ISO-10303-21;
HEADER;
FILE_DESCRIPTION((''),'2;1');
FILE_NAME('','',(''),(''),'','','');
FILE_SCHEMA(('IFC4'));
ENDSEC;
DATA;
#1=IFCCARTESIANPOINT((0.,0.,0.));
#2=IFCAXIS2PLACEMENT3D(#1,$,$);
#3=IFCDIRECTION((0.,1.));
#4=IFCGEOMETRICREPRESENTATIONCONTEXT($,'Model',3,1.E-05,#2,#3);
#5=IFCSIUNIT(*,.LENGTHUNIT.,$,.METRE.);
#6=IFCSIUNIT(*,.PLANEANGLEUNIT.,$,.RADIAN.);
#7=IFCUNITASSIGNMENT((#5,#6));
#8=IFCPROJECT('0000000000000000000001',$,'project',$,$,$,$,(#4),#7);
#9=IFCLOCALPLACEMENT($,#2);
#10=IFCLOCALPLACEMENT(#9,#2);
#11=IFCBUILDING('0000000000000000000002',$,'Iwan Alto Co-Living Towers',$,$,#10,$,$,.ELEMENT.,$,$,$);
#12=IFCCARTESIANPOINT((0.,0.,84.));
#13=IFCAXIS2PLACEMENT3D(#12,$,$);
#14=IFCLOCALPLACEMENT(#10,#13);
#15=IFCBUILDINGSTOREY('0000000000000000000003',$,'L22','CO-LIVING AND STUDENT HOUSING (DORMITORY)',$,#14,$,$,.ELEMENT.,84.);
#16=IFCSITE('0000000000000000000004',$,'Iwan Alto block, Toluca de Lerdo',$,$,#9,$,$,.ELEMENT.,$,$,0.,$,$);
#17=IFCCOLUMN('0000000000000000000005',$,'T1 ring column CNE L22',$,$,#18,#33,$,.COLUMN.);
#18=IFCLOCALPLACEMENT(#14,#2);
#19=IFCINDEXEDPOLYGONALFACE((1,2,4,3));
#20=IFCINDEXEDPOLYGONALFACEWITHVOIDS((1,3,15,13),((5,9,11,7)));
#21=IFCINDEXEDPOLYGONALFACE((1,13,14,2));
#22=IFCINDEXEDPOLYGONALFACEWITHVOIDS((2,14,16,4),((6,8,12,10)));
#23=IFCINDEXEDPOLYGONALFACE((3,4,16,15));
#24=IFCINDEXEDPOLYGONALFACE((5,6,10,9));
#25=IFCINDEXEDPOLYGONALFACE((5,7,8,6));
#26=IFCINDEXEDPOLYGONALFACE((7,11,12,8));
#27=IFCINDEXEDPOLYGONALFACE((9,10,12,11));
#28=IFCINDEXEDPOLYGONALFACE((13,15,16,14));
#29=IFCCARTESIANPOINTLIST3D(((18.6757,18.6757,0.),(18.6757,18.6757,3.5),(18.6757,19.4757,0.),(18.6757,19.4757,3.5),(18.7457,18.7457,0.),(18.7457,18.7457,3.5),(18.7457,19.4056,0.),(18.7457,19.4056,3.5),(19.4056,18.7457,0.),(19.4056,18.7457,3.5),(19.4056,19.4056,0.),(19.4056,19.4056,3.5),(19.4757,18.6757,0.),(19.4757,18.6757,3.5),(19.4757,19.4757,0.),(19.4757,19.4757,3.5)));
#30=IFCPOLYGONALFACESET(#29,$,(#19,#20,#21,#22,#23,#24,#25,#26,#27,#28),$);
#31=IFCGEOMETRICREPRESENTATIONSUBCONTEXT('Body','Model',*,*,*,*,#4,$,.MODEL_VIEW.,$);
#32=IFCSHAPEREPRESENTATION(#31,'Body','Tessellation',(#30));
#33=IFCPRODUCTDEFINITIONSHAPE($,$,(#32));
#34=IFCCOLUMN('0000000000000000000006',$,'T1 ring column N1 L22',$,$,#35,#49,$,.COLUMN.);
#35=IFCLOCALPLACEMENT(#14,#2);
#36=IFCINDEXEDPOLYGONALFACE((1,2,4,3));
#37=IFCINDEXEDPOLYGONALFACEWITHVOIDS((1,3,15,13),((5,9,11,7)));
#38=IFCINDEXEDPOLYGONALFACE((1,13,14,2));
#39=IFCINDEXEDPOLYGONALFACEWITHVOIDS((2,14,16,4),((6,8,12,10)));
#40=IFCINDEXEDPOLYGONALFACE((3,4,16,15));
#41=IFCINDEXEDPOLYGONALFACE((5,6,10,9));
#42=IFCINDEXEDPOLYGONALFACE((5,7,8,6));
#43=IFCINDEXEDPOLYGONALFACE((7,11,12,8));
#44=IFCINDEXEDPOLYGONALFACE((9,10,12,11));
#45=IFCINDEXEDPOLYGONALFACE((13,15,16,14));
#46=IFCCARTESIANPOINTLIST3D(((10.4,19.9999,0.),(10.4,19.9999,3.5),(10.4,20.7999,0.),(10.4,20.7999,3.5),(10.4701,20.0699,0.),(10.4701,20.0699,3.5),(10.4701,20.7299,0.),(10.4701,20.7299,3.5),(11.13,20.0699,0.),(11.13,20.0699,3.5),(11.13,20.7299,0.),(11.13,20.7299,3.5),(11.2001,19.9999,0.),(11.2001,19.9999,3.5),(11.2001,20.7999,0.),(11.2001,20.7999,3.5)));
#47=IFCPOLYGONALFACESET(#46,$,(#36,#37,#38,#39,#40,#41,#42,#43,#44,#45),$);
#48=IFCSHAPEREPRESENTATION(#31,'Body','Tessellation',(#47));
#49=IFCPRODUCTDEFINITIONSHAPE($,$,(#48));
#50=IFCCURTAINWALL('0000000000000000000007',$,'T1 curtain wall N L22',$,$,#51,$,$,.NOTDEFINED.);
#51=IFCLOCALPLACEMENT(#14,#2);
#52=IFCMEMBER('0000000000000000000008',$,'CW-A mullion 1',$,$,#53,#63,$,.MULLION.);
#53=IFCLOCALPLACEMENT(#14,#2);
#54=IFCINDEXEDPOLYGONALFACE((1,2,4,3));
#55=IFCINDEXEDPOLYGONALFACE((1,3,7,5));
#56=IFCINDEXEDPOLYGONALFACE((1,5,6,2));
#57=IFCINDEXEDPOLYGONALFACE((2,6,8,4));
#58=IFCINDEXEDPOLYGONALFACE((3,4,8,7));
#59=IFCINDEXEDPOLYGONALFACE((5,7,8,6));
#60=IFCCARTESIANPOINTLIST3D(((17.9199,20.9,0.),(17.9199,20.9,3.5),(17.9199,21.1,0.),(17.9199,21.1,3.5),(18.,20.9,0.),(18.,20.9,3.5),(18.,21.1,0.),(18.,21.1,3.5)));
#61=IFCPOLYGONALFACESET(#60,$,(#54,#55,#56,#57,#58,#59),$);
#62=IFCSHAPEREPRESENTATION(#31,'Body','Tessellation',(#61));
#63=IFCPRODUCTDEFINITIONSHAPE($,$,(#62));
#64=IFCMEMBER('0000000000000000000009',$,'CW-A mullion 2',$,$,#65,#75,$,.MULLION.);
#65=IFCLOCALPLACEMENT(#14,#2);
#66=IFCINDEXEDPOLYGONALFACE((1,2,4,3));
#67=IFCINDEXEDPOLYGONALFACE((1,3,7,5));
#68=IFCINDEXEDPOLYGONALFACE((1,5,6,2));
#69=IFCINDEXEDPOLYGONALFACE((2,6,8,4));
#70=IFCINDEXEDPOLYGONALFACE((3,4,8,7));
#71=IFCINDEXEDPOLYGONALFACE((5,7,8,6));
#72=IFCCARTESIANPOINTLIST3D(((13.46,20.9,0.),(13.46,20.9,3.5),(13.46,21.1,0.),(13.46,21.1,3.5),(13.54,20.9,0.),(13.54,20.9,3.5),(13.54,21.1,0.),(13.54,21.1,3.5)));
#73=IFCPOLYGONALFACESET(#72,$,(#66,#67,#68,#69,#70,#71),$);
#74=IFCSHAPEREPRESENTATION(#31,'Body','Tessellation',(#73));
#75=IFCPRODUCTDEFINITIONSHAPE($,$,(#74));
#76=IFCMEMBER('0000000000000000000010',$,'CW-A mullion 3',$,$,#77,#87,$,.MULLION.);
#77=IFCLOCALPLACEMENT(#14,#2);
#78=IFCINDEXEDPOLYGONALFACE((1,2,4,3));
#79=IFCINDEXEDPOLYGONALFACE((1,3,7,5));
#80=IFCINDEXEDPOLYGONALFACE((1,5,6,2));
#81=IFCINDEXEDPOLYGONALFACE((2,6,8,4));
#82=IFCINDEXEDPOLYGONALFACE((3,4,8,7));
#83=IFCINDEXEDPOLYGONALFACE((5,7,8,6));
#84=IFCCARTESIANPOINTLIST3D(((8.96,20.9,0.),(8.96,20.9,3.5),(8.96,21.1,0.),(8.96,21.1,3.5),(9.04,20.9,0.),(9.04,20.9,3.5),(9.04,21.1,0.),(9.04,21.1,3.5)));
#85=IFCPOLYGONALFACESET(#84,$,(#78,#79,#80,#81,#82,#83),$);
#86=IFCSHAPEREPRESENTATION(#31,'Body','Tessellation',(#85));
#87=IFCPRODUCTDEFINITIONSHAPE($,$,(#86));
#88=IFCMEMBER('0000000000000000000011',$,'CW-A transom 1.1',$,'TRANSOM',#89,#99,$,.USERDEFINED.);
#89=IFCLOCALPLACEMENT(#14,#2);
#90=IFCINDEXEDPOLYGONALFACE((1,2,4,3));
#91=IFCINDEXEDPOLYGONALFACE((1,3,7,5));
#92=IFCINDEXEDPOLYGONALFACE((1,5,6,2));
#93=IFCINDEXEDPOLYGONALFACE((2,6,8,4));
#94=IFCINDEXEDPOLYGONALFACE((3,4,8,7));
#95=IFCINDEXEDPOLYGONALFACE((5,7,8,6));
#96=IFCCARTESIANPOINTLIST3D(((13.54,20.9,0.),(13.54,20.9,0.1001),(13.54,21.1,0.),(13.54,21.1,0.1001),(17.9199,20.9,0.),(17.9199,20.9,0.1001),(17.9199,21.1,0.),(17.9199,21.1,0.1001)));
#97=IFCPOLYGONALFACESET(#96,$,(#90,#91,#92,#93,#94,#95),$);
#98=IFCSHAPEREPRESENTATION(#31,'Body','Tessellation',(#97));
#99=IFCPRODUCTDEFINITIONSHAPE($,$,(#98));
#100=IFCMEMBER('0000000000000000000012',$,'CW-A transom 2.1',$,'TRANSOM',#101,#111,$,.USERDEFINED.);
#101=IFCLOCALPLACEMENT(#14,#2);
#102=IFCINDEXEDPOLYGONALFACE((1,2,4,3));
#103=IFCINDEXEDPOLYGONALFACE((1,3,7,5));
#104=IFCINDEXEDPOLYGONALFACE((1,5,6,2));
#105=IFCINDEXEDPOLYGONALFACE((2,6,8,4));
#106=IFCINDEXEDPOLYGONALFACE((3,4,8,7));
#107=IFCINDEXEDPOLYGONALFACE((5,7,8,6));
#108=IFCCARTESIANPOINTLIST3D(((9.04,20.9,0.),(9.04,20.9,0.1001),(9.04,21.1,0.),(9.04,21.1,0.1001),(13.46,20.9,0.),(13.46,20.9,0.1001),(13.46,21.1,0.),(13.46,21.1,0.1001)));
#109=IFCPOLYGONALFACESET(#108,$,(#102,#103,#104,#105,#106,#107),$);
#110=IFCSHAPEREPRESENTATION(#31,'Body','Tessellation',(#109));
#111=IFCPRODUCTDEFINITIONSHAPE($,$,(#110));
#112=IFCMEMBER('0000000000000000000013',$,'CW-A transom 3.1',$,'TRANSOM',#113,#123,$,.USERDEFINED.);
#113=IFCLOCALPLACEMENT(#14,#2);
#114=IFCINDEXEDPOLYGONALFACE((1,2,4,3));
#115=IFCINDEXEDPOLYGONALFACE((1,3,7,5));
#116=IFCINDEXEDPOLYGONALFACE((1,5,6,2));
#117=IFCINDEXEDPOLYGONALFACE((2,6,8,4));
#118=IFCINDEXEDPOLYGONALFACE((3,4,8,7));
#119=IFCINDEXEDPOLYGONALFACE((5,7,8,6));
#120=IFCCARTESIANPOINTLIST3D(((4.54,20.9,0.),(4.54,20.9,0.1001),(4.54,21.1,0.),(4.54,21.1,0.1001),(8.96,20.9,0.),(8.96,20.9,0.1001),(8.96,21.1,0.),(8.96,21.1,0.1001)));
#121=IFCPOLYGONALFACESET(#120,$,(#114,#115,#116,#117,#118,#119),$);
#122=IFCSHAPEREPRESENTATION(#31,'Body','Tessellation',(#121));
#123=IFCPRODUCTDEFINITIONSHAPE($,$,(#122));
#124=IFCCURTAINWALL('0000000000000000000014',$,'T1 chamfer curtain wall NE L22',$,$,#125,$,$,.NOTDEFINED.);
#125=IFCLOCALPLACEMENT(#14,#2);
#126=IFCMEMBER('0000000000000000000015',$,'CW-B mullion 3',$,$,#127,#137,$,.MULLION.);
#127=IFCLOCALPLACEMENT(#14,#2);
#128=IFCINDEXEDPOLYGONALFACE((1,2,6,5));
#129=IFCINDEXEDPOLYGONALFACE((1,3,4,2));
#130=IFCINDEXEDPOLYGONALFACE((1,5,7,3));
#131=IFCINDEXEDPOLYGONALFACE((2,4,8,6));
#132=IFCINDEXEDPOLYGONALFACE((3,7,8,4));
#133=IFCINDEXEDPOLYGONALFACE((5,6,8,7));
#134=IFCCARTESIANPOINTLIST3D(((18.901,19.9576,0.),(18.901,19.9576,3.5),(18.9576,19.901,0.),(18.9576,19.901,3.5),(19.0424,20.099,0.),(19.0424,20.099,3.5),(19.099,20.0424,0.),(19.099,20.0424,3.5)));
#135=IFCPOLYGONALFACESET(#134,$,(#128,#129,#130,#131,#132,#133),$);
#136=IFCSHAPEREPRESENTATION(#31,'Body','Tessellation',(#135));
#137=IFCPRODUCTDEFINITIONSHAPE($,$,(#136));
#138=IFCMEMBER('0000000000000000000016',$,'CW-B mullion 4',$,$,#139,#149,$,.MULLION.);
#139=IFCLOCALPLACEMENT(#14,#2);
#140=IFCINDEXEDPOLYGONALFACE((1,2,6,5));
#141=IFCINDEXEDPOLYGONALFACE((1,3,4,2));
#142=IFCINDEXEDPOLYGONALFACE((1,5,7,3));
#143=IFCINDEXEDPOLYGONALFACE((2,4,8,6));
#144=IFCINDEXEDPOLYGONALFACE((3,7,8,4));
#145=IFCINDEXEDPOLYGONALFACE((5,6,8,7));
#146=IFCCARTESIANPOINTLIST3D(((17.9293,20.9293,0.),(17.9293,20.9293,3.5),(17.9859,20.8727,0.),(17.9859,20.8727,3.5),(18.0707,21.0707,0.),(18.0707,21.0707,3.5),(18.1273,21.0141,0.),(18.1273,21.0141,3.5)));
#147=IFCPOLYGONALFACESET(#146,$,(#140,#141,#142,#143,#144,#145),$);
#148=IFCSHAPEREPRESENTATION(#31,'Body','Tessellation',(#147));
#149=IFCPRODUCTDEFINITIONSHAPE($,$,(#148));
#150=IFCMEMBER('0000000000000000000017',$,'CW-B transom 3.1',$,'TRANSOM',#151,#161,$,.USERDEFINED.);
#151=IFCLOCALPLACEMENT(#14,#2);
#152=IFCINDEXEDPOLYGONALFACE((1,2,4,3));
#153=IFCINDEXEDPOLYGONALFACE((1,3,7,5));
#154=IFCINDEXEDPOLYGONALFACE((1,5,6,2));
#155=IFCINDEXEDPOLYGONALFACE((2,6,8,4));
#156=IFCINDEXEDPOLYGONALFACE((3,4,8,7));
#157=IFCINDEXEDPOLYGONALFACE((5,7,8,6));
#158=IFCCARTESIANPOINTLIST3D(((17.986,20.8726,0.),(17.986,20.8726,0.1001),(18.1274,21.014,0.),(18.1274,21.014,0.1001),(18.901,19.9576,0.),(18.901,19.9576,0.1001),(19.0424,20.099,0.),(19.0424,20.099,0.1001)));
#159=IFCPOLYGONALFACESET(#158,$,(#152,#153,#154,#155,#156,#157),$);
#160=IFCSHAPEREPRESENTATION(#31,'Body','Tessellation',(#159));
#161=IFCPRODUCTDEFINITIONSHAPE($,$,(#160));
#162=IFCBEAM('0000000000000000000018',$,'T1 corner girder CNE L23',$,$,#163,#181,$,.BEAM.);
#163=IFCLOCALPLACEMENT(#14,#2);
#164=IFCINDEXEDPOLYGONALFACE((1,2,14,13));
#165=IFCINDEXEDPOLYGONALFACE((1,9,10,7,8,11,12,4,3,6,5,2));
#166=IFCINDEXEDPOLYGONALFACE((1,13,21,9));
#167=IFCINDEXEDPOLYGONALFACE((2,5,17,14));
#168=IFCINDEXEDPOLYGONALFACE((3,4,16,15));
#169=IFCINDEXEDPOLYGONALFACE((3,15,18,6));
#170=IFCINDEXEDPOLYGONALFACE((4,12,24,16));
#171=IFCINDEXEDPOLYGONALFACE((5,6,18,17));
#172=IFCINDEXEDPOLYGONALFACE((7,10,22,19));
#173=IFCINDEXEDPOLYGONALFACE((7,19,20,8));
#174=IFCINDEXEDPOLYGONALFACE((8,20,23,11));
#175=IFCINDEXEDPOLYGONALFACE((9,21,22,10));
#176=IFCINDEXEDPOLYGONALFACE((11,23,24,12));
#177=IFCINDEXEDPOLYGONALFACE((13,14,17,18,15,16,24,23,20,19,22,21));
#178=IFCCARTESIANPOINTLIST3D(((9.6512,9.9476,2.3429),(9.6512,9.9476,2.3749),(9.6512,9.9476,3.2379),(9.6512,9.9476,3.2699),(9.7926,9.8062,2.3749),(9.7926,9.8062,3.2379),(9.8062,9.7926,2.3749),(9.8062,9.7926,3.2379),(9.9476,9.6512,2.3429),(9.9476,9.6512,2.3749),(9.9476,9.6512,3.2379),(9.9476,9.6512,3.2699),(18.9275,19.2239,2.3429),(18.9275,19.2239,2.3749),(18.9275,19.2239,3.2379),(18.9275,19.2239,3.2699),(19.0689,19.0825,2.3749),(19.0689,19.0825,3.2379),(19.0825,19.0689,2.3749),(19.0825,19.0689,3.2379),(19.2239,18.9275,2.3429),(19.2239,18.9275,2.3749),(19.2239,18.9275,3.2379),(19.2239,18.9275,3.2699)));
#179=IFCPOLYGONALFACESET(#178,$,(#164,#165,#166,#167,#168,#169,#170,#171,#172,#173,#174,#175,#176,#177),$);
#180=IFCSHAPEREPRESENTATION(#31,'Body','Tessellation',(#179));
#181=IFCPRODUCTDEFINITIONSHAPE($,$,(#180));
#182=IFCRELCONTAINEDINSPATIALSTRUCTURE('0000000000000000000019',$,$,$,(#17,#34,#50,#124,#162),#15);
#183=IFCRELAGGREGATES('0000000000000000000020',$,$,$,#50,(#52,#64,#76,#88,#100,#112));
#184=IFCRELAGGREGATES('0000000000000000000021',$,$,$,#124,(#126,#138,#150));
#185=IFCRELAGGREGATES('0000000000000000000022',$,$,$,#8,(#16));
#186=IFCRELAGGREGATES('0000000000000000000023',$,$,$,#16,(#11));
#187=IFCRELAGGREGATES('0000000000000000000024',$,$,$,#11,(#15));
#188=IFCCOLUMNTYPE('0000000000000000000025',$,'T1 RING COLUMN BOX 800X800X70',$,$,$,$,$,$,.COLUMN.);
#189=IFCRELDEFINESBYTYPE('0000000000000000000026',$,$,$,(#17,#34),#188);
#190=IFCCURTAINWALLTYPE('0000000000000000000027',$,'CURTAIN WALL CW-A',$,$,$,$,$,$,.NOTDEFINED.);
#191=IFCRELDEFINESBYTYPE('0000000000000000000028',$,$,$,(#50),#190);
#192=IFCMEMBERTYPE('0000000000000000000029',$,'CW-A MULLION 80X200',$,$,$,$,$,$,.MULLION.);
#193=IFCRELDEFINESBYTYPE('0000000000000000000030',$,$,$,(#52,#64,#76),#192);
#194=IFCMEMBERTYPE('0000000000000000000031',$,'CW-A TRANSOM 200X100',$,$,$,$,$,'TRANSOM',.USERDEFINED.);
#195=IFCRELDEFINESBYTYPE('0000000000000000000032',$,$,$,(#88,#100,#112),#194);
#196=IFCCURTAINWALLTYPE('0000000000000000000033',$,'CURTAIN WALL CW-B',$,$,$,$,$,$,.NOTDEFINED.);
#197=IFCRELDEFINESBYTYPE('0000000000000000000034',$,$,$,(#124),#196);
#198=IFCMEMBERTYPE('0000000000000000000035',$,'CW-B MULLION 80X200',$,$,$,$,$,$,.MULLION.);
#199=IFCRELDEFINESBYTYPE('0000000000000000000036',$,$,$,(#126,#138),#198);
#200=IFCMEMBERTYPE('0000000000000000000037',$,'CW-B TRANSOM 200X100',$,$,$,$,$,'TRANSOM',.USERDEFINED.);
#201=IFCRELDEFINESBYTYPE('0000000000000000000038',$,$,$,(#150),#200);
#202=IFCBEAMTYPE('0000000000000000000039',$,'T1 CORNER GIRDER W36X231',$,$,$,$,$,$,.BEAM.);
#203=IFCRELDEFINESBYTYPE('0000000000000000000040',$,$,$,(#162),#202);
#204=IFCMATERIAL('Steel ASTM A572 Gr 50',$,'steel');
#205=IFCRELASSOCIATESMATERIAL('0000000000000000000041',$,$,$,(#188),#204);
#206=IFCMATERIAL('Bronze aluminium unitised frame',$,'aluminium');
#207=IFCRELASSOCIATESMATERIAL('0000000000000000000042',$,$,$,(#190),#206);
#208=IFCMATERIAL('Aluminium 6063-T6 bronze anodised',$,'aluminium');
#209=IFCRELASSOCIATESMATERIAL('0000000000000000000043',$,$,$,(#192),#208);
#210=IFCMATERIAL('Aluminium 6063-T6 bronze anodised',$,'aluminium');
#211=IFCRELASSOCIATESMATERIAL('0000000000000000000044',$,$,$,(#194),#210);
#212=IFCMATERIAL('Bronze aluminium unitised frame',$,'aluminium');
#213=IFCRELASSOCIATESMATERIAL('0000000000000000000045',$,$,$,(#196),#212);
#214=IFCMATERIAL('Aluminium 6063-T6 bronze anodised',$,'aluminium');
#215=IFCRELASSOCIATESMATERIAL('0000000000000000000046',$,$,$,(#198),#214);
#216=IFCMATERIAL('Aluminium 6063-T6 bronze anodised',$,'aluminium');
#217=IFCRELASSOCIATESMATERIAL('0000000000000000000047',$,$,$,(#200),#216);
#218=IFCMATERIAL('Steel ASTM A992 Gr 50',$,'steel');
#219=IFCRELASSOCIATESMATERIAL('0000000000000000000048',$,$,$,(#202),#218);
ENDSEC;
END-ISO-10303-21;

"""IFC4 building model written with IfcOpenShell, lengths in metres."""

from ifc_helpers import new_model, si_unit, direction, frame, origin, origin_2d, place, context, subcontext, project, spatial, rectangle, hollow_rectangle, i_section, extrude, material, material_profile, profile_set, type_object, element, aggregate, save


model = new_model("IFC4")

# Units and contexts
model_context = context("Model", 3, precision=1e-05, world=origin(), true_north=direction((0.0, 1.0)))
body_context = subcontext(model_context, "Body", "Model", "MODEL_VIEW")
ifc_project = project(units=[si_unit("LENGTHUNIT", "METRE"), si_unit("PLANEANGLEUNIT", "RADIAN")], contexts=[model_context])

# Site, building, storey
site_placement = place(None, origin())
site = spatial("IfcSite", under=ifc_project, at=site_placement, Name="Iwan Alto block, Toluca de Lerdo", CompositionType="ELEMENT", RefElevation=0.0)
building_placement = place(site_placement, origin())
building = spatial("IfcBuilding", under=site, at=building_placement, Name="Iwan Alto Co-Living Towers", CompositionType="ELEMENT")
storey_placement = place(building_placement, frame((0.0, 0.0, 84.0)))
storey = spatial("IfcBuildingStorey", under=building, at=storey_placement, Name="L22", Description="CO-LIVING AND STUDENT HOUSING (DORMITORY)", CompositionType="ELEMENT", Elevation=84.0)

# Columns
ifc_material_1 = material(Name="Steel ASTM A572 Gr 50", Category="steel")
ifc_material_profile_1 = material_profile(ifc_material_1, hollow_rectangle(XDim=0.8, YDim=0.8, WallThickness=0.0701, at=origin_2d()), Name="BOX 800X800X70")
ifc_profile_set_1 = profile_set([ifc_material_profile_1], Name="Steel ASTM A572 Gr 50")
column_type = type_object("IfcColumnType", Name="T1 RING COLUMN BOX 800X800X70", PredefinedType="COLUMN", material=ifc_profile_set_1)
for number, where, z_axis, x_axis, name in (
    (1, (19.0757, 19.0757, 0.0), (0.0, 0.0, 1.0), (1.0, 0.0, 0.0), "T1 ring column CNE L22"),
    (2, (10.8, 20.3999, 0.0), (0.0, 0.0, 1.0), (1.0, 0.0, 0.0), "T1 ring column N1 L22"),
):
    element("IfcColumn", number, at=place(storey_placement, frame(where, z_axis=z_axis, x_axis=x_axis)), inside=storey, type_object=column_type, Name=name, PredefinedType="COLUMN", context=body_context, shape_type="SweptSolid", body=[
        extrude(hollow_rectangle(XDim=0.8, YDim=0.8, WallThickness=0.0701, at=origin_2d()), origin(), (0.0, 0.0, 1.0), 3.5),
    ])

# Curtain walls, members
ifc_material_2 = material(Name="Bronze aluminium unitised frame", Category="aluminium")
curtain_wall_type_1 = type_object("IfcCurtainWallType", Name="CURTAIN WALL CW-A", PredefinedType="NOTDEFINED", material=ifc_material_2)
curtain_wall_1_placement = place(storey_placement, origin())
curtain_wall_1 = element("IfcCurtainWall", 3, at=curtain_wall_1_placement, inside=storey, type_object=curtain_wall_type_1, Name="T1 curtain wall N L22", PredefinedType="NOTDEFINED")
ifc_material_3 = material(Name="Aluminium 6063-T6 bronze anodised", Category="aluminium")
ifc_material_profile_2 = material_profile(ifc_material_3, rectangle(XDim=0.2, YDim=0.0801, at=origin_2d()), Name="AL 80X200")
ifc_profile_set_2 = profile_set([ifc_material_profile_2], Name="Aluminium 6063-T6 bronze anodised")
member_type_1 = type_object("IfcMemberType", Name="CW-A MULLION 80X200", PredefinedType="MULLION", material=ifc_profile_set_2)
member_1_placement = place(storey_placement, frame((17.96, 21.0, 0.0), z_axis=(0.0, 0.0, 1.0), x_axis=(0.0, -1.0, 0.0)))
member_1 = element("IfcMember", 4, at=member_1_placement, type_object=member_type_1, Name="CW-A mullion 1", PredefinedType="MULLION", context=body_context, shape_type="SweptSolid", body=[
    extrude(rectangle(XDim=0.2, YDim=0.0801, at=origin_2d()), origin(), (0.0, 0.0, 1.0), 3.5),
])
member_2_placement = place(storey_placement, frame((13.5, 21.0, 0.0), z_axis=(0.0, 0.0, 1.0), x_axis=(0.0, -1.0, 0.0)))
member_2 = element("IfcMember", 5, at=member_2_placement, type_object=member_type_1, Name="CW-A mullion 2", PredefinedType="MULLION", context=body_context, shape_type="SweptSolid", body=[
    extrude(rectangle(XDim=0.2, YDim=0.0801, at=origin_2d()), origin(), (0.0, 0.0, 1.0), 3.5),
])
member_3_placement = place(storey_placement, frame((9.0, 21.0, 0.0), z_axis=(0.0, 0.0, 1.0), x_axis=(0.0, -1.0, 0.0)))
member_3 = element("IfcMember", 6, at=member_3_placement, type_object=member_type_1, Name="CW-A mullion 3", PredefinedType="MULLION", context=body_context, shape_type="SweptSolid", body=[
    extrude(rectangle(XDim=0.2, YDim=0.0801, at=origin_2d()), origin(), (0.0, 0.0, 1.0), 3.5),
])
ifc_material_4 = material(Name="Aluminium 6063-T6 bronze anodised", Category="aluminium")
ifc_material_profile_3 = material_profile(ifc_material_4, rectangle(XDim=0.2, YDim=0.1001, at=origin_2d()), Name="AL 200X100")
ifc_profile_set_3 = profile_set([ifc_material_profile_3], Name="Aluminium 6063-T6 bronze anodised")
member_type_2 = type_object("IfcMemberType", Name="CW-A TRANSOM 200X100", ElementType="TRANSOM", PredefinedType="USERDEFINED", material=ifc_profile_set_3)
member_4_placement = place(storey_placement, frame((17.9199, 21.0, 0.05), z_axis=(-1.0, 0.0, 0.0), x_axis=(0.0, -1.0, 0.0)))
member_4 = element("IfcMember", 7, at=member_4_placement, type_object=member_type_2, Name="CW-A transom 1.1", ObjectType="TRANSOM", PredefinedType="USERDEFINED", context=body_context, shape_type="SweptSolid", body=[
    extrude(rectangle(XDim=0.2, YDim=0.1001, at=origin_2d()), origin(), (0.0, 0.0, 1.0), 4.3799),
])
member_5_placement = place(storey_placement, frame((13.46, 21.0, 0.05), z_axis=(-1.0, 0.0, 0.0), x_axis=(0.0, -1.0, 0.0)))
member_5 = element("IfcMember", 8, at=member_5_placement, type_object=member_type_2, Name="CW-A transom 2.1", ObjectType="TRANSOM", PredefinedType="USERDEFINED", context=body_context, shape_type="SweptSolid", body=[
    extrude(rectangle(XDim=0.2, YDim=0.1001, at=origin_2d()), origin(), (0.0, 0.0, 1.0), 4.4199),
])
member_6_placement = place(storey_placement, frame((8.96, 21.0, 0.05), z_axis=(-1.0, 0.0, 0.0), x_axis=(0.0, -1.0, 0.0)))
member_6 = element("IfcMember", 9, at=member_6_placement, type_object=member_type_2, Name="CW-A transom 3.1", ObjectType="TRANSOM", PredefinedType="USERDEFINED", context=body_context, shape_type="SweptSolid", body=[
    extrude(rectangle(XDim=0.2, YDim=0.1001, at=origin_2d()), origin(), (0.0, 0.0, 1.0), 4.4199),
])
ifc_material_5 = material(Name="Bronze aluminium unitised frame", Category="aluminium")
curtain_wall_type_2 = type_object("IfcCurtainWallType", Name="CURTAIN WALL CW-B", PredefinedType="NOTDEFINED", material=ifc_material_5)
curtain_wall_2_placement = place(storey_placement, origin())
curtain_wall_2 = element("IfcCurtainWall", 10, at=curtain_wall_2_placement, inside=storey, type_object=curtain_wall_type_2, Name="T1 chamfer curtain wall NE L22", PredefinedType="NOTDEFINED")
ifc_material_6 = material(Name="Aluminium 6063-T6 bronze anodised", Category="aluminium")
ifc_material_profile_4 = material_profile(ifc_material_6, rectangle(XDim=0.2, YDim=0.0801, at=origin_2d()), Name="AL 80X200")
ifc_profile_set_4 = profile_set([ifc_material_profile_4], Name="Aluminium 6063-T6 bronze anodised")
member_type_3 = type_object("IfcMemberType", Name="CW-B MULLION 80X200", PredefinedType="MULLION", material=ifc_profile_set_4)
member_7_placement = place(storey_placement, frame((19.0, 20.0, 0.0), z_axis=(0.0, 0.0, 1.0), x_axis=(-0.707107, -0.707107, 0.0)))
member_7 = element("IfcMember", 11, at=member_7_placement, type_object=member_type_3, Name="CW-B mullion 3", PredefinedType="MULLION", context=body_context, shape_type="SweptSolid", body=[
    extrude(rectangle(XDim=0.2, YDim=0.0801, at=origin_2d()), origin(), (0.0, 0.0, 1.0), 3.5),
])
member_8_placement = place(storey_placement, frame((18.0283, 20.9717, 0.0), z_axis=(0.0, 0.0, 1.0), x_axis=(-0.707107, -0.707107, 0.0)))
member_8 = element("IfcMember", 12, at=member_8_placement, type_object=member_type_3, Name="CW-B mullion 4", PredefinedType="MULLION", context=body_context, shape_type="SweptSolid", body=[
    extrude(rectangle(XDim=0.2, YDim=0.0801, at=origin_2d()), origin(), (0.0, 0.0, 1.0), 3.5),
])
ifc_material_7 = material(Name="Aluminium 6063-T6 bronze anodised", Category="aluminium")
ifc_material_profile_5 = material_profile(ifc_material_7, rectangle(XDim=0.2, YDim=0.1001, at=origin_2d()), Name="AL 200X100")
ifc_profile_set_5 = profile_set([ifc_material_profile_5], Name="Aluminium 6063-T6 bronze anodised")
member_type_4 = type_object("IfcMemberType", Name="CW-B TRANSOM 200X100", ElementType="TRANSOM", PredefinedType="USERDEFINED", material=ifc_profile_set_5)
member_9_placement = place(storey_placement, frame((18.9717, 20.0283, 0.05), z_axis=(-0.707107, 0.707107, 0.0), x_axis=(-0.707107, -0.707107, 0.0)))
member_9 = element("IfcMember", 13, at=member_9_placement, type_object=member_type_4, Name="CW-B transom 3.1", ObjectType="TRANSOM", PredefinedType="USERDEFINED", context=body_context, shape_type="SweptSolid", body=[
    extrude(rectangle(XDim=0.2, YDim=0.1001, at=origin_2d()), origin(), (0.0, 0.0, 1.0), 1.2939),
])

# Beam
ifc_material_8 = material(Name="Steel ASTM A992 Gr 50", Category="steel")
ifc_material_profile_6 = material_profile(ifc_material_8, i_section(OverallWidth=0.4192, OverallDepth=0.927, WebThickness=0.0193, FlangeThickness=0.032, at=origin_2d()), Name="W36X231")
ifc_profile_set_6 = profile_set([ifc_material_profile_6], Name="Steel ASTM A992 Gr 50")
beam_type_1 = type_object("IfcBeamType", Name="T1 CORNER GIRDER W36X231", PredefinedType="BEAM", material=ifc_profile_set_6)
beam_1_placement = place(storey_placement, frame((19.0757, 19.0757, 2.8064), z_axis=(-0.707107, -0.707107, 0.0), x_axis=(0.707107, -0.707107, 0.0)))
element("IfcBeam", 14, at=beam_1_placement, inside=storey, type_object=beam_type_1, Name="T1 corner girder CNE L23", PredefinedType="BEAM", context=body_context, shape_type="SweptSolid", body=[
    extrude(i_section(OverallWidth=0.4192, OverallDepth=0.927, WebThickness=0.0193, FlangeThickness=0.032, at=origin_2d()), origin(), (0.0, 0.0, 1.0), 13.1187),
])

aggregate(curtain_wall_1, [member_1, member_2, member_3, member_4, member_5, member_6])
aggregate(curtain_wall_2, [member_7, member_8, member_9])

save(model, "model.ifc")
